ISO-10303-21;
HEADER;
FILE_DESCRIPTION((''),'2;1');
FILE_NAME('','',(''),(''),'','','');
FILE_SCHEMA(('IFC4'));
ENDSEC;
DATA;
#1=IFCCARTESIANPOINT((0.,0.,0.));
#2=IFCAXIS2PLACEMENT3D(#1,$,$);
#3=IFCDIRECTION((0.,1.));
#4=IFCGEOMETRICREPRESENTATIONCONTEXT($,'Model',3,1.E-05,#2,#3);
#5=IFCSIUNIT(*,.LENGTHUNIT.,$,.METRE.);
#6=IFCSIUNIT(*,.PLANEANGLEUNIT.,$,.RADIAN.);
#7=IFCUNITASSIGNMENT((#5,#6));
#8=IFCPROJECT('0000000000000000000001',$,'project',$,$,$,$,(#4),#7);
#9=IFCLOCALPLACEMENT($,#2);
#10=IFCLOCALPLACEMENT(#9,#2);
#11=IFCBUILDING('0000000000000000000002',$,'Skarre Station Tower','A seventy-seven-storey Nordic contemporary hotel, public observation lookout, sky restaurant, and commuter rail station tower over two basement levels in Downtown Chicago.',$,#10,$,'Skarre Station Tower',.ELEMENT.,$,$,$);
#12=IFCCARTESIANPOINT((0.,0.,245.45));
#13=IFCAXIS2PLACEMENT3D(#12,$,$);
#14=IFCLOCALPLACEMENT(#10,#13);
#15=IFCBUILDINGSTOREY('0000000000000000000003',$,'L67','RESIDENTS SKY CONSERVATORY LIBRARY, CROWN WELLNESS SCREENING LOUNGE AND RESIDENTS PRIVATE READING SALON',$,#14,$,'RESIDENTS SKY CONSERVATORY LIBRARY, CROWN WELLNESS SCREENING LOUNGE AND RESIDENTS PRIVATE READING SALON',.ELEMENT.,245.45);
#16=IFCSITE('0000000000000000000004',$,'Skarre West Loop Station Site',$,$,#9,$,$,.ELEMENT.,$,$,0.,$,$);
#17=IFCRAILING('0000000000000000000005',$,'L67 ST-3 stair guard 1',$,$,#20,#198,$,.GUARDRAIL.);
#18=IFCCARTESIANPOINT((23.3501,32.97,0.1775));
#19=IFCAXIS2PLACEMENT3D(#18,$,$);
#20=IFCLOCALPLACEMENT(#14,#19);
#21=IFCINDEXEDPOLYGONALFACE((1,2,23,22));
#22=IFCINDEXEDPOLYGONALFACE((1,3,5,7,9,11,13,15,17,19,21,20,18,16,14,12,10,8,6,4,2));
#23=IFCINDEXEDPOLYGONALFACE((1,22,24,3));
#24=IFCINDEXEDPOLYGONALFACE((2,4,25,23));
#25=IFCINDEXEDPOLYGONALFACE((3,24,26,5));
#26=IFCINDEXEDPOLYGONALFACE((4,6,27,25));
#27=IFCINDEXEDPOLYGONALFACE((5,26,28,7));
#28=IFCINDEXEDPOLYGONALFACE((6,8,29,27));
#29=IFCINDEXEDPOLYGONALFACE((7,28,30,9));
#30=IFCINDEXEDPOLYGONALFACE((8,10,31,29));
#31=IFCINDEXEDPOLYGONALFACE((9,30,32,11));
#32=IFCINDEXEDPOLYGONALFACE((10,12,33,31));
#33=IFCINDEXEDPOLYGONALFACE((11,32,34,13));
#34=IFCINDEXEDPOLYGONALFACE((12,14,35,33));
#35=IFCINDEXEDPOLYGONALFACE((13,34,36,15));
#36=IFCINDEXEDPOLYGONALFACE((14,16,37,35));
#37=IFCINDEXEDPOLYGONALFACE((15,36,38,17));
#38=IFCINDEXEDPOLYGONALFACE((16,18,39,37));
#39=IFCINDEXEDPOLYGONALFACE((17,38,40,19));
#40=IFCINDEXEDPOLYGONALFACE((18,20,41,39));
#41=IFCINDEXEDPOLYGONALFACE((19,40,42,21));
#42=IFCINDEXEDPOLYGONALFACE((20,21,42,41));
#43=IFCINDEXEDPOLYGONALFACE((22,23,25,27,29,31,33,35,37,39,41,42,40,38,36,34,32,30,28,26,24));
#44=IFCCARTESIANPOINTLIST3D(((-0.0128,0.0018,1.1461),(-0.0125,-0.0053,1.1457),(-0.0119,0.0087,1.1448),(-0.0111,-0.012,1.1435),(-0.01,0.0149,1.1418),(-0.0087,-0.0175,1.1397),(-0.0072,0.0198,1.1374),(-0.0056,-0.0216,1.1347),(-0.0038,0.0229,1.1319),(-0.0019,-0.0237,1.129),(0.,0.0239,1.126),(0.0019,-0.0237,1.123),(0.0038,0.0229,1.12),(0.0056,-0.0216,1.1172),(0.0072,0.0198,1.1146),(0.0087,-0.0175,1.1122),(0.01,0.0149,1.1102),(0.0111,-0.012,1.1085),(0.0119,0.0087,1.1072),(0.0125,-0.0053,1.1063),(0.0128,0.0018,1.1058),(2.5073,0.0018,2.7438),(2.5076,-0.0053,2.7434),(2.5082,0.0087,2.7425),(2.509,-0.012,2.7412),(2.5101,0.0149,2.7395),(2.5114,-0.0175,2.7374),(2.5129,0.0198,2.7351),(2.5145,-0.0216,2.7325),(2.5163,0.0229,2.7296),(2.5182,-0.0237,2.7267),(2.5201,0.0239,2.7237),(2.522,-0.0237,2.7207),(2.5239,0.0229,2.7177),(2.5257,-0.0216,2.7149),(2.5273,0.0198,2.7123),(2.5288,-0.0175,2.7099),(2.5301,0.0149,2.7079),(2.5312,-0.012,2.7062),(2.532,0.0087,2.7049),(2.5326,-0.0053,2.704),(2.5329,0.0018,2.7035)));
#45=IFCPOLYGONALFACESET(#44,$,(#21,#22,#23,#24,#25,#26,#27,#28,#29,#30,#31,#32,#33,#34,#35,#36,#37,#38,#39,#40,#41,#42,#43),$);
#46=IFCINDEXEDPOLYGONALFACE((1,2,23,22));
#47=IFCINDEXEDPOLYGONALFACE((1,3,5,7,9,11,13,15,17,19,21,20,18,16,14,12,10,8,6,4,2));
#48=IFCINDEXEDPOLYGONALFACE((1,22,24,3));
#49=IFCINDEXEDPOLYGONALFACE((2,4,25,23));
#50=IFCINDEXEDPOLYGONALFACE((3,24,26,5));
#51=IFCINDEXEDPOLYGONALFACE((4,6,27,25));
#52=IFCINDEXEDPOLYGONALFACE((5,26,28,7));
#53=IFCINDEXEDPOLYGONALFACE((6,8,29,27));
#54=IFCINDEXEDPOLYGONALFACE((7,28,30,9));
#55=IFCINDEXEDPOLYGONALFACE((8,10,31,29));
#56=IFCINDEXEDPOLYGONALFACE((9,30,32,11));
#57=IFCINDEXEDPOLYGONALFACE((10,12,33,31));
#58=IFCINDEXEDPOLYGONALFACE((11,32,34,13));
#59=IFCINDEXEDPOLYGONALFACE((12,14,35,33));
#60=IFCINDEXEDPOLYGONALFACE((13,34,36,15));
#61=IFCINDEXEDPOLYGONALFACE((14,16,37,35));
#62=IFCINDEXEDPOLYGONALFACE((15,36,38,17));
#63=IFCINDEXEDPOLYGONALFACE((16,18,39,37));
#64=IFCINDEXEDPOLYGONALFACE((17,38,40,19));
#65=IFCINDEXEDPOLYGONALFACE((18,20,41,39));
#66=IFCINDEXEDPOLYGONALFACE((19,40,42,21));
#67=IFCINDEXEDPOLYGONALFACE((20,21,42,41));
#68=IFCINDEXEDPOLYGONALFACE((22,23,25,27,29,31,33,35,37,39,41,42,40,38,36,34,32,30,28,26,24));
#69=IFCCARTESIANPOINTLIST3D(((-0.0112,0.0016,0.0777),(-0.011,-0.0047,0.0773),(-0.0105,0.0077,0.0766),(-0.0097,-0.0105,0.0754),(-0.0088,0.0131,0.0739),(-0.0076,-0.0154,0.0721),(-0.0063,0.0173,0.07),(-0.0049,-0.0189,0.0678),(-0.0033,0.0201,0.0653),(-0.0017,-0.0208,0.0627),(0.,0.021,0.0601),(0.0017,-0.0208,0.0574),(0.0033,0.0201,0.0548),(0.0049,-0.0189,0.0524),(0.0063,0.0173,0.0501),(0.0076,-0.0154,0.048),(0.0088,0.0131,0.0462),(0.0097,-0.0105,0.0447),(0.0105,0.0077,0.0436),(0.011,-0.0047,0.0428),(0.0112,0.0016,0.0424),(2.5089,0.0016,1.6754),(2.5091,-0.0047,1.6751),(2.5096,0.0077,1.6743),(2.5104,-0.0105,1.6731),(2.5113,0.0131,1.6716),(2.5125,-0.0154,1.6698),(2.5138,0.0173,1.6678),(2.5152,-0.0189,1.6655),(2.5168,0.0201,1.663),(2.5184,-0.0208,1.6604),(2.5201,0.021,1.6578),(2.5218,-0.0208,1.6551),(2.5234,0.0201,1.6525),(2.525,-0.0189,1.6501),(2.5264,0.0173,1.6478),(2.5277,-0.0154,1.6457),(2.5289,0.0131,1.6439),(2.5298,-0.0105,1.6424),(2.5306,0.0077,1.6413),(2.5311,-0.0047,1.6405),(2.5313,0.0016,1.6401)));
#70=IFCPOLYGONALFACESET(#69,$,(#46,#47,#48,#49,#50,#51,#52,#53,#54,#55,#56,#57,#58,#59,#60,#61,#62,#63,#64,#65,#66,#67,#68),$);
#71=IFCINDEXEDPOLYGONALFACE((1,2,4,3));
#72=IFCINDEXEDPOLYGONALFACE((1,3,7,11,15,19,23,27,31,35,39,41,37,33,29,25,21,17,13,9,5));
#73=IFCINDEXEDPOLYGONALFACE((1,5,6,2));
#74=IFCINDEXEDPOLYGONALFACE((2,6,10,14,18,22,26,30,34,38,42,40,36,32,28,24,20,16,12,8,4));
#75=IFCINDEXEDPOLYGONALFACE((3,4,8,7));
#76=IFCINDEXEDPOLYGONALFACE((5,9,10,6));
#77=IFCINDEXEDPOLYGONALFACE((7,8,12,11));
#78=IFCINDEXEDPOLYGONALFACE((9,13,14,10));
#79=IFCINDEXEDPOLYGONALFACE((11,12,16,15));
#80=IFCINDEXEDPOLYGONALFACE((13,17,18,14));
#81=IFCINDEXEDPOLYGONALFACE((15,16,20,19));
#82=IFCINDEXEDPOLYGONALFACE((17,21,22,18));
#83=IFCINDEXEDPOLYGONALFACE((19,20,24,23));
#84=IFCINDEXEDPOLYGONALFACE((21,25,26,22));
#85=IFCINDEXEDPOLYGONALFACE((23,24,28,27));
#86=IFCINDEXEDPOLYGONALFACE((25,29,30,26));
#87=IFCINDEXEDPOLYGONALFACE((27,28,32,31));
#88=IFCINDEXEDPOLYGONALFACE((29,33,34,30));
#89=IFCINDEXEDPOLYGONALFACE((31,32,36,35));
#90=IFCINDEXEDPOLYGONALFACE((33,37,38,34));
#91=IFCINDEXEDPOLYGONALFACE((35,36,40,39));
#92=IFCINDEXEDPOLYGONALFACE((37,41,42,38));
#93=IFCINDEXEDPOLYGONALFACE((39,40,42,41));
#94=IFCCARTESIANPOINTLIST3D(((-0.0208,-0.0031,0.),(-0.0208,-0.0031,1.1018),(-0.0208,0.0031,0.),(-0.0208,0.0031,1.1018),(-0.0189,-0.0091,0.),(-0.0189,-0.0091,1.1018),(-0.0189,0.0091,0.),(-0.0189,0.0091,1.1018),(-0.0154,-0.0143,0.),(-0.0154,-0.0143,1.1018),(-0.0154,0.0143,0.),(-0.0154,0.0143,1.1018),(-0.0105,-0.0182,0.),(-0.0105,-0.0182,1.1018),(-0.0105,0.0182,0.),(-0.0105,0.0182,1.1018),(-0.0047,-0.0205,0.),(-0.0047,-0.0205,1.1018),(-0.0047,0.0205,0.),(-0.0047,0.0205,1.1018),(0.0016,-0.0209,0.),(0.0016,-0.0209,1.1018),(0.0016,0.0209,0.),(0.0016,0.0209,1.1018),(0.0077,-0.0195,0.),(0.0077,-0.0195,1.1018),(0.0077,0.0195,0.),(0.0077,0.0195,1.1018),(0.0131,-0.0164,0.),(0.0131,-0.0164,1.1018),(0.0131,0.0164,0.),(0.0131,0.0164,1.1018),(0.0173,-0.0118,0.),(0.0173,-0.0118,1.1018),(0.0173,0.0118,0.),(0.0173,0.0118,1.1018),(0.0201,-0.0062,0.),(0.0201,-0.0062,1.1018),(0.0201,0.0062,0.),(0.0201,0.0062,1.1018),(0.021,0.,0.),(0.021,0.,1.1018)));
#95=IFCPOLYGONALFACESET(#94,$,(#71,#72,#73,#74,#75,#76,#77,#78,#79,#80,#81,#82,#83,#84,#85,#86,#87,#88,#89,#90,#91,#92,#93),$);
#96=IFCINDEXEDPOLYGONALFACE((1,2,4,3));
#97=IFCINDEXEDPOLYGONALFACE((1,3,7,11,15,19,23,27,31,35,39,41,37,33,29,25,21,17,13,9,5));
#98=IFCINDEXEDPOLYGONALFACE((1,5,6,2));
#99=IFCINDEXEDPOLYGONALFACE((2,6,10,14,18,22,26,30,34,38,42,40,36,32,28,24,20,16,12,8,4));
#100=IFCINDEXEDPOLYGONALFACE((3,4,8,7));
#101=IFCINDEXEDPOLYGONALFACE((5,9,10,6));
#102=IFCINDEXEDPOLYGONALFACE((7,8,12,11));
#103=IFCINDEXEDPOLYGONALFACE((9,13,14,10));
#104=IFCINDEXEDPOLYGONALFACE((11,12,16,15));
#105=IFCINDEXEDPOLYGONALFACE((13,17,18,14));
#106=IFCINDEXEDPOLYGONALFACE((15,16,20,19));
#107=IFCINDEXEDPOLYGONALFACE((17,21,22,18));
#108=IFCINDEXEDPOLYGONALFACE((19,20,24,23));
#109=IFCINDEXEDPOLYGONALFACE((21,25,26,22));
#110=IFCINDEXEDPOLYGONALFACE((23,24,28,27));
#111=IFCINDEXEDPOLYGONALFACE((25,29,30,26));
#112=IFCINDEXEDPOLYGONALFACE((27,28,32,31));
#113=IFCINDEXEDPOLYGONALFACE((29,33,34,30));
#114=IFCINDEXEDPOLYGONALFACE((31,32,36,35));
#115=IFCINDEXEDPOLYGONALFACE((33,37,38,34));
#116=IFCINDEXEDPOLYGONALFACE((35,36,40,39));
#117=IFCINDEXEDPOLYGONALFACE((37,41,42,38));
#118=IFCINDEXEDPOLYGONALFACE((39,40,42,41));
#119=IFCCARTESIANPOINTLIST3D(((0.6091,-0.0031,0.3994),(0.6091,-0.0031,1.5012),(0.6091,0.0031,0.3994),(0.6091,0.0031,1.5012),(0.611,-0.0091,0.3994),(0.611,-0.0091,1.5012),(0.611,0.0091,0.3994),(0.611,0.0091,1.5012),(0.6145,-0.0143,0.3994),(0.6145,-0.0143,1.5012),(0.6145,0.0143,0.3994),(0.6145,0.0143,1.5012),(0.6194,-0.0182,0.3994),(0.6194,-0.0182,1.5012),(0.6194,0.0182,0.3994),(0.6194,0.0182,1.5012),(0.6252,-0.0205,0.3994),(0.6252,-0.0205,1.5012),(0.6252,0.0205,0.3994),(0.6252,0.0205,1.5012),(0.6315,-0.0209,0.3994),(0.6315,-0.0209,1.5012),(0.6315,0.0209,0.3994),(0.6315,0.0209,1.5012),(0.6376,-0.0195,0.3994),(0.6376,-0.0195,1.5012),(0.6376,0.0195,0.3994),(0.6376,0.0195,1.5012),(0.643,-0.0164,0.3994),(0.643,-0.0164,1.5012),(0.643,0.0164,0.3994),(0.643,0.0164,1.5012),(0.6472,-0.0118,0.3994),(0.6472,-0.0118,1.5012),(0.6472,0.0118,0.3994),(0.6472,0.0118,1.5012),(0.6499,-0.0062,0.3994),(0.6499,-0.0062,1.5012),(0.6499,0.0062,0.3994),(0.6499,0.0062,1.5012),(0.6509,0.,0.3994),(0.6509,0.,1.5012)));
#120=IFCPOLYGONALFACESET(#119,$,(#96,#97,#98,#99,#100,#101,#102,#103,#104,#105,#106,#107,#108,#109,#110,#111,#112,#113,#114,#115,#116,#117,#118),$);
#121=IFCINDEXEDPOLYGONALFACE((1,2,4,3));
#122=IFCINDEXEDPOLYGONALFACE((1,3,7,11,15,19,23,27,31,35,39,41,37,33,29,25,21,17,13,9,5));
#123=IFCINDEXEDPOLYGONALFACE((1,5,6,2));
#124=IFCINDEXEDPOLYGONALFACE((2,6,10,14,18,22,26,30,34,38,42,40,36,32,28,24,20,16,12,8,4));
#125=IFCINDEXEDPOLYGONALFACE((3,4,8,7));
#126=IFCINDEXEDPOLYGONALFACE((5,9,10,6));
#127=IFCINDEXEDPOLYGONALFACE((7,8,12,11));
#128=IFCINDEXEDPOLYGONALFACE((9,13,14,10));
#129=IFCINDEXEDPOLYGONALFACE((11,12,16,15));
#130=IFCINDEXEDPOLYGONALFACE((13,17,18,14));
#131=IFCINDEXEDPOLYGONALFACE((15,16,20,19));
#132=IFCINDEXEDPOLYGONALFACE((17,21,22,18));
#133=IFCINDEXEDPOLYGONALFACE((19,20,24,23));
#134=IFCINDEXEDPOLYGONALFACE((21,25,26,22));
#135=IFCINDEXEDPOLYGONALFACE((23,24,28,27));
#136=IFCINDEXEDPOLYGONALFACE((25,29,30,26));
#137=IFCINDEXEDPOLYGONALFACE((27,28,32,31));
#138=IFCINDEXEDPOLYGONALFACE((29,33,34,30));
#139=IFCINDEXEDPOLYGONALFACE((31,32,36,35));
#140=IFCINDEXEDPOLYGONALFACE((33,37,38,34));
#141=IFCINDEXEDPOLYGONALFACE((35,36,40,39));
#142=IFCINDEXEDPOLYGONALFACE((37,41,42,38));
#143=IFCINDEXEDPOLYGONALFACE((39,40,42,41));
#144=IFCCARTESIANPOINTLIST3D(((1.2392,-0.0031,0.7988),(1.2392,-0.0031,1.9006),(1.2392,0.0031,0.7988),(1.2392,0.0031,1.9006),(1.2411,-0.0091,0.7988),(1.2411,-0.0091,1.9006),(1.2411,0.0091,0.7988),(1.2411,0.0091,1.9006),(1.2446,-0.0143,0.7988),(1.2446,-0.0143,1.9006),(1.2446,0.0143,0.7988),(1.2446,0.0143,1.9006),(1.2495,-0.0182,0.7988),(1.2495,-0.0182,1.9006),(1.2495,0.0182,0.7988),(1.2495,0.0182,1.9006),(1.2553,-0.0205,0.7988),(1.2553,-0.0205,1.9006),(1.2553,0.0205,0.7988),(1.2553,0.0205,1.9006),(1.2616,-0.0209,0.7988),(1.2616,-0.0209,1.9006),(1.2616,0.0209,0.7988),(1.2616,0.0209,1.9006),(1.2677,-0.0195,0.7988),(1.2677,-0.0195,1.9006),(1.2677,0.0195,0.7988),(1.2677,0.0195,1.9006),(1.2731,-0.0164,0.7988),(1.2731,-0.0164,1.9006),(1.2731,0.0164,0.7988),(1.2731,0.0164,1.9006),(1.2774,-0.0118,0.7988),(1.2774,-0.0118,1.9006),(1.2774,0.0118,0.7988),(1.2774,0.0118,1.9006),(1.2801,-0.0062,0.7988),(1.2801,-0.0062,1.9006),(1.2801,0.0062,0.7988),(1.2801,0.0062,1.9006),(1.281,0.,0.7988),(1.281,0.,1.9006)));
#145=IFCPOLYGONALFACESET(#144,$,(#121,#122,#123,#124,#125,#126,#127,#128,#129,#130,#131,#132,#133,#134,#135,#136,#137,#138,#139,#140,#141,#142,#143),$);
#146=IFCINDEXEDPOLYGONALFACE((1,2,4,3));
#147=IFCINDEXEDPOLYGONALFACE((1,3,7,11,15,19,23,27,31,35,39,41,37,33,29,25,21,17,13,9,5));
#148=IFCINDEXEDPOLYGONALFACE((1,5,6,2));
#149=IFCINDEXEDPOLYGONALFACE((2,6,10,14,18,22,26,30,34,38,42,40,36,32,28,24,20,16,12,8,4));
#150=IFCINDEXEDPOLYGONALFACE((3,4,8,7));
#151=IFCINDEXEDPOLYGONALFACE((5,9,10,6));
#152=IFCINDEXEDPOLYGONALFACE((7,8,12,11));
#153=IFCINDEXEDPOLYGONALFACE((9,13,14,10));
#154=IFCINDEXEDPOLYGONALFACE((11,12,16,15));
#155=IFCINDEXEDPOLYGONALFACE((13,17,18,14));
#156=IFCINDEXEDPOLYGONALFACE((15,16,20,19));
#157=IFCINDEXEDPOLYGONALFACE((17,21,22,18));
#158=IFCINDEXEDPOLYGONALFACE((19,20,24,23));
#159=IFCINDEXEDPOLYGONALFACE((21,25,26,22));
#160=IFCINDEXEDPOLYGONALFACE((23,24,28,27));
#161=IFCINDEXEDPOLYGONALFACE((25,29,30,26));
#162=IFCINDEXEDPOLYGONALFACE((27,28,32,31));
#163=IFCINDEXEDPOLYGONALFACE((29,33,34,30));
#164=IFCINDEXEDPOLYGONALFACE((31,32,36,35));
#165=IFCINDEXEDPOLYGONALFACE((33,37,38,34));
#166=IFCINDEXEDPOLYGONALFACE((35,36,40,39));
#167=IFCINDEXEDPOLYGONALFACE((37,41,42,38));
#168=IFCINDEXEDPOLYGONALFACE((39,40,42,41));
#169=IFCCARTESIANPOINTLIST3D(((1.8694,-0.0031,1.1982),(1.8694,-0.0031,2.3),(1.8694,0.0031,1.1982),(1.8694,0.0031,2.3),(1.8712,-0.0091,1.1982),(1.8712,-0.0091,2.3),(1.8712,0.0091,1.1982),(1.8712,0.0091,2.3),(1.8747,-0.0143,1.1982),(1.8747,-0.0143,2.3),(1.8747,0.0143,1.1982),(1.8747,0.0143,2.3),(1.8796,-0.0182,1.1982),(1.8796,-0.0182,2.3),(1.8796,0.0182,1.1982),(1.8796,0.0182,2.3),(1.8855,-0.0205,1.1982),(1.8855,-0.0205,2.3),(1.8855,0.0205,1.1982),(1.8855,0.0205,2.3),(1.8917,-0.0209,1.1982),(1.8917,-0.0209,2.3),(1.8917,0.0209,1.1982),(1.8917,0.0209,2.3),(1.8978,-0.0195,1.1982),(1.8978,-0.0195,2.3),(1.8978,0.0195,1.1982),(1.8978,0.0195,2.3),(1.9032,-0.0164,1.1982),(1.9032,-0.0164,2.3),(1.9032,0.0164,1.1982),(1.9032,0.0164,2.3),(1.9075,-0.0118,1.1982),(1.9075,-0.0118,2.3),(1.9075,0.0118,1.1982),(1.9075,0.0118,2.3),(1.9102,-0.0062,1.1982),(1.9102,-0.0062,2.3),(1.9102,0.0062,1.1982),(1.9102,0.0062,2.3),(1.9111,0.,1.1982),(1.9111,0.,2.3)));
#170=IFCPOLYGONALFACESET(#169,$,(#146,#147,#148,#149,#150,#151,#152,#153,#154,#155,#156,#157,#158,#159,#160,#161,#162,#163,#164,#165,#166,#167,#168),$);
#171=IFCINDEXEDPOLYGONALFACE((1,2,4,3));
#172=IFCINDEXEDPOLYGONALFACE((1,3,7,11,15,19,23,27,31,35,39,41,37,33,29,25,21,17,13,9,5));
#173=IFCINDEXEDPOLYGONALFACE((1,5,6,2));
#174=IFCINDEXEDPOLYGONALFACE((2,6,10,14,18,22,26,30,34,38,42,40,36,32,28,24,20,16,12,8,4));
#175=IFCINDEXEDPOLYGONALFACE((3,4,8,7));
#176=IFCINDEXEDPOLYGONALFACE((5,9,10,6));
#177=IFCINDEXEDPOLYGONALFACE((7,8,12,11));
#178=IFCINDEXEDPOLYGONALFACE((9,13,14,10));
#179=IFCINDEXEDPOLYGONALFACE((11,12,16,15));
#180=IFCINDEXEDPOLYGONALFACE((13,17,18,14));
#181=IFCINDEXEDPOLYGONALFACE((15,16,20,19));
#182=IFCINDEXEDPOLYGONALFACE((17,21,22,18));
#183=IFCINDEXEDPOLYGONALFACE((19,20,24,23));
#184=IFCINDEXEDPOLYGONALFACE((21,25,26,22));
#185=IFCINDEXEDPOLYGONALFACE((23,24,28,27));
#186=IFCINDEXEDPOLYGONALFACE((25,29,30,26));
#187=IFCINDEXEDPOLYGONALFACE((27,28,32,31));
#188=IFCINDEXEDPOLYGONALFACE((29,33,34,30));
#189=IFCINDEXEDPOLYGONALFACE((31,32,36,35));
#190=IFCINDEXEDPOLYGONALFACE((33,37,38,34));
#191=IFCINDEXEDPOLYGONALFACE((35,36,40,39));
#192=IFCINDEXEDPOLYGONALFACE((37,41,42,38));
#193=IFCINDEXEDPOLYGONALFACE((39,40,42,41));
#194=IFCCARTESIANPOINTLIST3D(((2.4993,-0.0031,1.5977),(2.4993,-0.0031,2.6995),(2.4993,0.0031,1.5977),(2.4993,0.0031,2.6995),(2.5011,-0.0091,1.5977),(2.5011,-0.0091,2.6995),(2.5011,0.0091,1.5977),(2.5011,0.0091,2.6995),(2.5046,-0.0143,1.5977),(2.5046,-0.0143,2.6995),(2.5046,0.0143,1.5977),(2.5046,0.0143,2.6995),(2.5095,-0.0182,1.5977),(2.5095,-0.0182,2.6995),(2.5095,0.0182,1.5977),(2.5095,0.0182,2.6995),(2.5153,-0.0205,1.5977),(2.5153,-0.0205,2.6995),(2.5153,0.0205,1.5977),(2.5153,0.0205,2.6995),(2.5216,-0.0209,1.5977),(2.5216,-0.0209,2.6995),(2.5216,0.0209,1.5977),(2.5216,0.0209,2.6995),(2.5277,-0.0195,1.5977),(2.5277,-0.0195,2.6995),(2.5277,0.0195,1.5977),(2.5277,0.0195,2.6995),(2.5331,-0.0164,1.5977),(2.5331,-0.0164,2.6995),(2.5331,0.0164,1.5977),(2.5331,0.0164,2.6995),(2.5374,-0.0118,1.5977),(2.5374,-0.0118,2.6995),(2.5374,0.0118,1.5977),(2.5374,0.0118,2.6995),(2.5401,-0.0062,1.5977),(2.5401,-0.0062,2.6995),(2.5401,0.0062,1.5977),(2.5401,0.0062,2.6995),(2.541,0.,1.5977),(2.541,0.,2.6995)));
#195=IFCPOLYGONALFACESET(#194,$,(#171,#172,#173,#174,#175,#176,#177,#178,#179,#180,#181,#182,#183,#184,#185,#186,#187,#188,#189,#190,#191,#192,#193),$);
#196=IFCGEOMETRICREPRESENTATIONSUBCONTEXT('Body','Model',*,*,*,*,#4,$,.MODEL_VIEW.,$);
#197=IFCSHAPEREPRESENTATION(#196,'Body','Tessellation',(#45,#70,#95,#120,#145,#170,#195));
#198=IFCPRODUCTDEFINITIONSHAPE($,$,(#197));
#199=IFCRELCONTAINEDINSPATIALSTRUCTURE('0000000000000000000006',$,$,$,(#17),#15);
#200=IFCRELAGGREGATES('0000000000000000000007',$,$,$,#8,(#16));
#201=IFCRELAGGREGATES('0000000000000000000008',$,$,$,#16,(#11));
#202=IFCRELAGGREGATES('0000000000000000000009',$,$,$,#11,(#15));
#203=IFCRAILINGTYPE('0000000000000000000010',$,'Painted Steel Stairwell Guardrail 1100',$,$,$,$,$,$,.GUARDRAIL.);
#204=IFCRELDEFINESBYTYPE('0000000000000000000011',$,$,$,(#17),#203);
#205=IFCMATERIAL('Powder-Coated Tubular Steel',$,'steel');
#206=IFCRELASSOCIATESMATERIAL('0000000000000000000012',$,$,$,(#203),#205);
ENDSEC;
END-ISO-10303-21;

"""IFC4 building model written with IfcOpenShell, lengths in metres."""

from ifc_helpers import new_model, si_unit, direction, frame, origin, origin_2d, place, context, subcontext, project, spatial, circle, extrude, material, type_object, element, save


model = new_model("IFC4")

# Units and contexts
model_context = context("Model", 3, precision=1e-05, world=origin(), true_north=direction((0.0, 1.0)))
body_context = subcontext(model_context, "Body", "Model", "MODEL_VIEW")
ifc_project = project(units=[si_unit("LENGTHUNIT", "METRE"), si_unit("PLANEANGLEUNIT", "RADIAN")], contexts=[model_context])

# Site, building, storey
site_placement = place(None, origin())
site = spatial("IfcSite", under=ifc_project, at=site_placement, Name="Skarre West Loop Station Site", CompositionType="ELEMENT", RefElevation=0.0)
building_placement = place(site_placement, origin())
building = spatial("IfcBuilding", under=site, at=building_placement, Name="Skarre Station Tower", Description="A seventy-seven-storey Nordic contemporary hotel, public observation lookout, sky restaurant, and commuter rail station tower over two basement levels in Downtown Chicago.", LongName="Skarre Station Tower", CompositionType="ELEMENT")
storey_placement = place(building_placement, frame((0.0, 0.0, 245.45)))
storey = spatial("IfcBuildingStorey", under=building, at=storey_placement, Name="L67", Description="RESIDENTS SKY CONSERVATORY LIBRARY, CROWN WELLNESS SCREENING LOUNGE AND RESIDENTS PRIVATE READING SALON", LongName="RESIDENTS SKY CONSERVATORY LIBRARY, CROWN WELLNESS SCREENING LOUNGE AND RESIDENTS PRIVATE READING SALON", CompositionType="ELEMENT", Elevation=245.45)

# Railing
ifc_material_1 = material(Name="Powder-Coated Tubular Steel", Category="steel")
railing_type_1 = type_object("IfcRailingType", Name="Painted Steel Stairwell Guardrail 1100", PredefinedType="GUARDRAIL", material=ifc_material_1)
railing_1_placement = place(storey_placement, frame((23.3501, 32.97, 0.1775)))
element("IfcRailing", 1, at=railing_1_placement, inside=storey, type_object=railing_type_1, Name="L67 ST-3 stair guard 1", PredefinedType="GUARDRAIL", context=body_context, shape_type="SweptSolid", body=[
    extrude(circle(Radius=0.0239, at=origin_2d()), frame((0.0, 0.0, 1.126), z_axis=(0.84457, 0.0, 0.535445), x_axis=(0.0, 1.0, 0.0)), (0.0, 0.0, 1.0), 2.9839),
    extrude(circle(Radius=0.021, at=origin_2d()), frame((0.0, 0.0, 0.0601), z_axis=(0.84457, 0.0, 0.535445), x_axis=(0.0, 1.0, 0.0)), (0.0, 0.0, 1.0), 2.9839),
    extrude(circle(Radius=0.021, at=origin_2d()), origin(), (0.0, 0.0, 1.0), 1.1018),
    extrude(circle(Radius=0.021, at=origin_2d()), frame((0.6299, 0.0, 0.3994)), (0.0, 0.0, 1.0), 1.1018),
    extrude(circle(Radius=0.021, at=origin_2d()), frame((1.26, 0.0, 0.7988)), (0.0, 0.0, 1.0), 1.1018),
    extrude(circle(Radius=0.021, at=origin_2d()), frame((1.8901, 0.0, 1.1982)), (0.0, 0.0, 1.0), 1.1018),
    extrude(circle(Radius=0.021, at=origin_2d()), frame((2.52, 0.0, 1.5977)), (0.0, 0.0, 1.0), 1.1018),
])

save(model, "model.ifc")
